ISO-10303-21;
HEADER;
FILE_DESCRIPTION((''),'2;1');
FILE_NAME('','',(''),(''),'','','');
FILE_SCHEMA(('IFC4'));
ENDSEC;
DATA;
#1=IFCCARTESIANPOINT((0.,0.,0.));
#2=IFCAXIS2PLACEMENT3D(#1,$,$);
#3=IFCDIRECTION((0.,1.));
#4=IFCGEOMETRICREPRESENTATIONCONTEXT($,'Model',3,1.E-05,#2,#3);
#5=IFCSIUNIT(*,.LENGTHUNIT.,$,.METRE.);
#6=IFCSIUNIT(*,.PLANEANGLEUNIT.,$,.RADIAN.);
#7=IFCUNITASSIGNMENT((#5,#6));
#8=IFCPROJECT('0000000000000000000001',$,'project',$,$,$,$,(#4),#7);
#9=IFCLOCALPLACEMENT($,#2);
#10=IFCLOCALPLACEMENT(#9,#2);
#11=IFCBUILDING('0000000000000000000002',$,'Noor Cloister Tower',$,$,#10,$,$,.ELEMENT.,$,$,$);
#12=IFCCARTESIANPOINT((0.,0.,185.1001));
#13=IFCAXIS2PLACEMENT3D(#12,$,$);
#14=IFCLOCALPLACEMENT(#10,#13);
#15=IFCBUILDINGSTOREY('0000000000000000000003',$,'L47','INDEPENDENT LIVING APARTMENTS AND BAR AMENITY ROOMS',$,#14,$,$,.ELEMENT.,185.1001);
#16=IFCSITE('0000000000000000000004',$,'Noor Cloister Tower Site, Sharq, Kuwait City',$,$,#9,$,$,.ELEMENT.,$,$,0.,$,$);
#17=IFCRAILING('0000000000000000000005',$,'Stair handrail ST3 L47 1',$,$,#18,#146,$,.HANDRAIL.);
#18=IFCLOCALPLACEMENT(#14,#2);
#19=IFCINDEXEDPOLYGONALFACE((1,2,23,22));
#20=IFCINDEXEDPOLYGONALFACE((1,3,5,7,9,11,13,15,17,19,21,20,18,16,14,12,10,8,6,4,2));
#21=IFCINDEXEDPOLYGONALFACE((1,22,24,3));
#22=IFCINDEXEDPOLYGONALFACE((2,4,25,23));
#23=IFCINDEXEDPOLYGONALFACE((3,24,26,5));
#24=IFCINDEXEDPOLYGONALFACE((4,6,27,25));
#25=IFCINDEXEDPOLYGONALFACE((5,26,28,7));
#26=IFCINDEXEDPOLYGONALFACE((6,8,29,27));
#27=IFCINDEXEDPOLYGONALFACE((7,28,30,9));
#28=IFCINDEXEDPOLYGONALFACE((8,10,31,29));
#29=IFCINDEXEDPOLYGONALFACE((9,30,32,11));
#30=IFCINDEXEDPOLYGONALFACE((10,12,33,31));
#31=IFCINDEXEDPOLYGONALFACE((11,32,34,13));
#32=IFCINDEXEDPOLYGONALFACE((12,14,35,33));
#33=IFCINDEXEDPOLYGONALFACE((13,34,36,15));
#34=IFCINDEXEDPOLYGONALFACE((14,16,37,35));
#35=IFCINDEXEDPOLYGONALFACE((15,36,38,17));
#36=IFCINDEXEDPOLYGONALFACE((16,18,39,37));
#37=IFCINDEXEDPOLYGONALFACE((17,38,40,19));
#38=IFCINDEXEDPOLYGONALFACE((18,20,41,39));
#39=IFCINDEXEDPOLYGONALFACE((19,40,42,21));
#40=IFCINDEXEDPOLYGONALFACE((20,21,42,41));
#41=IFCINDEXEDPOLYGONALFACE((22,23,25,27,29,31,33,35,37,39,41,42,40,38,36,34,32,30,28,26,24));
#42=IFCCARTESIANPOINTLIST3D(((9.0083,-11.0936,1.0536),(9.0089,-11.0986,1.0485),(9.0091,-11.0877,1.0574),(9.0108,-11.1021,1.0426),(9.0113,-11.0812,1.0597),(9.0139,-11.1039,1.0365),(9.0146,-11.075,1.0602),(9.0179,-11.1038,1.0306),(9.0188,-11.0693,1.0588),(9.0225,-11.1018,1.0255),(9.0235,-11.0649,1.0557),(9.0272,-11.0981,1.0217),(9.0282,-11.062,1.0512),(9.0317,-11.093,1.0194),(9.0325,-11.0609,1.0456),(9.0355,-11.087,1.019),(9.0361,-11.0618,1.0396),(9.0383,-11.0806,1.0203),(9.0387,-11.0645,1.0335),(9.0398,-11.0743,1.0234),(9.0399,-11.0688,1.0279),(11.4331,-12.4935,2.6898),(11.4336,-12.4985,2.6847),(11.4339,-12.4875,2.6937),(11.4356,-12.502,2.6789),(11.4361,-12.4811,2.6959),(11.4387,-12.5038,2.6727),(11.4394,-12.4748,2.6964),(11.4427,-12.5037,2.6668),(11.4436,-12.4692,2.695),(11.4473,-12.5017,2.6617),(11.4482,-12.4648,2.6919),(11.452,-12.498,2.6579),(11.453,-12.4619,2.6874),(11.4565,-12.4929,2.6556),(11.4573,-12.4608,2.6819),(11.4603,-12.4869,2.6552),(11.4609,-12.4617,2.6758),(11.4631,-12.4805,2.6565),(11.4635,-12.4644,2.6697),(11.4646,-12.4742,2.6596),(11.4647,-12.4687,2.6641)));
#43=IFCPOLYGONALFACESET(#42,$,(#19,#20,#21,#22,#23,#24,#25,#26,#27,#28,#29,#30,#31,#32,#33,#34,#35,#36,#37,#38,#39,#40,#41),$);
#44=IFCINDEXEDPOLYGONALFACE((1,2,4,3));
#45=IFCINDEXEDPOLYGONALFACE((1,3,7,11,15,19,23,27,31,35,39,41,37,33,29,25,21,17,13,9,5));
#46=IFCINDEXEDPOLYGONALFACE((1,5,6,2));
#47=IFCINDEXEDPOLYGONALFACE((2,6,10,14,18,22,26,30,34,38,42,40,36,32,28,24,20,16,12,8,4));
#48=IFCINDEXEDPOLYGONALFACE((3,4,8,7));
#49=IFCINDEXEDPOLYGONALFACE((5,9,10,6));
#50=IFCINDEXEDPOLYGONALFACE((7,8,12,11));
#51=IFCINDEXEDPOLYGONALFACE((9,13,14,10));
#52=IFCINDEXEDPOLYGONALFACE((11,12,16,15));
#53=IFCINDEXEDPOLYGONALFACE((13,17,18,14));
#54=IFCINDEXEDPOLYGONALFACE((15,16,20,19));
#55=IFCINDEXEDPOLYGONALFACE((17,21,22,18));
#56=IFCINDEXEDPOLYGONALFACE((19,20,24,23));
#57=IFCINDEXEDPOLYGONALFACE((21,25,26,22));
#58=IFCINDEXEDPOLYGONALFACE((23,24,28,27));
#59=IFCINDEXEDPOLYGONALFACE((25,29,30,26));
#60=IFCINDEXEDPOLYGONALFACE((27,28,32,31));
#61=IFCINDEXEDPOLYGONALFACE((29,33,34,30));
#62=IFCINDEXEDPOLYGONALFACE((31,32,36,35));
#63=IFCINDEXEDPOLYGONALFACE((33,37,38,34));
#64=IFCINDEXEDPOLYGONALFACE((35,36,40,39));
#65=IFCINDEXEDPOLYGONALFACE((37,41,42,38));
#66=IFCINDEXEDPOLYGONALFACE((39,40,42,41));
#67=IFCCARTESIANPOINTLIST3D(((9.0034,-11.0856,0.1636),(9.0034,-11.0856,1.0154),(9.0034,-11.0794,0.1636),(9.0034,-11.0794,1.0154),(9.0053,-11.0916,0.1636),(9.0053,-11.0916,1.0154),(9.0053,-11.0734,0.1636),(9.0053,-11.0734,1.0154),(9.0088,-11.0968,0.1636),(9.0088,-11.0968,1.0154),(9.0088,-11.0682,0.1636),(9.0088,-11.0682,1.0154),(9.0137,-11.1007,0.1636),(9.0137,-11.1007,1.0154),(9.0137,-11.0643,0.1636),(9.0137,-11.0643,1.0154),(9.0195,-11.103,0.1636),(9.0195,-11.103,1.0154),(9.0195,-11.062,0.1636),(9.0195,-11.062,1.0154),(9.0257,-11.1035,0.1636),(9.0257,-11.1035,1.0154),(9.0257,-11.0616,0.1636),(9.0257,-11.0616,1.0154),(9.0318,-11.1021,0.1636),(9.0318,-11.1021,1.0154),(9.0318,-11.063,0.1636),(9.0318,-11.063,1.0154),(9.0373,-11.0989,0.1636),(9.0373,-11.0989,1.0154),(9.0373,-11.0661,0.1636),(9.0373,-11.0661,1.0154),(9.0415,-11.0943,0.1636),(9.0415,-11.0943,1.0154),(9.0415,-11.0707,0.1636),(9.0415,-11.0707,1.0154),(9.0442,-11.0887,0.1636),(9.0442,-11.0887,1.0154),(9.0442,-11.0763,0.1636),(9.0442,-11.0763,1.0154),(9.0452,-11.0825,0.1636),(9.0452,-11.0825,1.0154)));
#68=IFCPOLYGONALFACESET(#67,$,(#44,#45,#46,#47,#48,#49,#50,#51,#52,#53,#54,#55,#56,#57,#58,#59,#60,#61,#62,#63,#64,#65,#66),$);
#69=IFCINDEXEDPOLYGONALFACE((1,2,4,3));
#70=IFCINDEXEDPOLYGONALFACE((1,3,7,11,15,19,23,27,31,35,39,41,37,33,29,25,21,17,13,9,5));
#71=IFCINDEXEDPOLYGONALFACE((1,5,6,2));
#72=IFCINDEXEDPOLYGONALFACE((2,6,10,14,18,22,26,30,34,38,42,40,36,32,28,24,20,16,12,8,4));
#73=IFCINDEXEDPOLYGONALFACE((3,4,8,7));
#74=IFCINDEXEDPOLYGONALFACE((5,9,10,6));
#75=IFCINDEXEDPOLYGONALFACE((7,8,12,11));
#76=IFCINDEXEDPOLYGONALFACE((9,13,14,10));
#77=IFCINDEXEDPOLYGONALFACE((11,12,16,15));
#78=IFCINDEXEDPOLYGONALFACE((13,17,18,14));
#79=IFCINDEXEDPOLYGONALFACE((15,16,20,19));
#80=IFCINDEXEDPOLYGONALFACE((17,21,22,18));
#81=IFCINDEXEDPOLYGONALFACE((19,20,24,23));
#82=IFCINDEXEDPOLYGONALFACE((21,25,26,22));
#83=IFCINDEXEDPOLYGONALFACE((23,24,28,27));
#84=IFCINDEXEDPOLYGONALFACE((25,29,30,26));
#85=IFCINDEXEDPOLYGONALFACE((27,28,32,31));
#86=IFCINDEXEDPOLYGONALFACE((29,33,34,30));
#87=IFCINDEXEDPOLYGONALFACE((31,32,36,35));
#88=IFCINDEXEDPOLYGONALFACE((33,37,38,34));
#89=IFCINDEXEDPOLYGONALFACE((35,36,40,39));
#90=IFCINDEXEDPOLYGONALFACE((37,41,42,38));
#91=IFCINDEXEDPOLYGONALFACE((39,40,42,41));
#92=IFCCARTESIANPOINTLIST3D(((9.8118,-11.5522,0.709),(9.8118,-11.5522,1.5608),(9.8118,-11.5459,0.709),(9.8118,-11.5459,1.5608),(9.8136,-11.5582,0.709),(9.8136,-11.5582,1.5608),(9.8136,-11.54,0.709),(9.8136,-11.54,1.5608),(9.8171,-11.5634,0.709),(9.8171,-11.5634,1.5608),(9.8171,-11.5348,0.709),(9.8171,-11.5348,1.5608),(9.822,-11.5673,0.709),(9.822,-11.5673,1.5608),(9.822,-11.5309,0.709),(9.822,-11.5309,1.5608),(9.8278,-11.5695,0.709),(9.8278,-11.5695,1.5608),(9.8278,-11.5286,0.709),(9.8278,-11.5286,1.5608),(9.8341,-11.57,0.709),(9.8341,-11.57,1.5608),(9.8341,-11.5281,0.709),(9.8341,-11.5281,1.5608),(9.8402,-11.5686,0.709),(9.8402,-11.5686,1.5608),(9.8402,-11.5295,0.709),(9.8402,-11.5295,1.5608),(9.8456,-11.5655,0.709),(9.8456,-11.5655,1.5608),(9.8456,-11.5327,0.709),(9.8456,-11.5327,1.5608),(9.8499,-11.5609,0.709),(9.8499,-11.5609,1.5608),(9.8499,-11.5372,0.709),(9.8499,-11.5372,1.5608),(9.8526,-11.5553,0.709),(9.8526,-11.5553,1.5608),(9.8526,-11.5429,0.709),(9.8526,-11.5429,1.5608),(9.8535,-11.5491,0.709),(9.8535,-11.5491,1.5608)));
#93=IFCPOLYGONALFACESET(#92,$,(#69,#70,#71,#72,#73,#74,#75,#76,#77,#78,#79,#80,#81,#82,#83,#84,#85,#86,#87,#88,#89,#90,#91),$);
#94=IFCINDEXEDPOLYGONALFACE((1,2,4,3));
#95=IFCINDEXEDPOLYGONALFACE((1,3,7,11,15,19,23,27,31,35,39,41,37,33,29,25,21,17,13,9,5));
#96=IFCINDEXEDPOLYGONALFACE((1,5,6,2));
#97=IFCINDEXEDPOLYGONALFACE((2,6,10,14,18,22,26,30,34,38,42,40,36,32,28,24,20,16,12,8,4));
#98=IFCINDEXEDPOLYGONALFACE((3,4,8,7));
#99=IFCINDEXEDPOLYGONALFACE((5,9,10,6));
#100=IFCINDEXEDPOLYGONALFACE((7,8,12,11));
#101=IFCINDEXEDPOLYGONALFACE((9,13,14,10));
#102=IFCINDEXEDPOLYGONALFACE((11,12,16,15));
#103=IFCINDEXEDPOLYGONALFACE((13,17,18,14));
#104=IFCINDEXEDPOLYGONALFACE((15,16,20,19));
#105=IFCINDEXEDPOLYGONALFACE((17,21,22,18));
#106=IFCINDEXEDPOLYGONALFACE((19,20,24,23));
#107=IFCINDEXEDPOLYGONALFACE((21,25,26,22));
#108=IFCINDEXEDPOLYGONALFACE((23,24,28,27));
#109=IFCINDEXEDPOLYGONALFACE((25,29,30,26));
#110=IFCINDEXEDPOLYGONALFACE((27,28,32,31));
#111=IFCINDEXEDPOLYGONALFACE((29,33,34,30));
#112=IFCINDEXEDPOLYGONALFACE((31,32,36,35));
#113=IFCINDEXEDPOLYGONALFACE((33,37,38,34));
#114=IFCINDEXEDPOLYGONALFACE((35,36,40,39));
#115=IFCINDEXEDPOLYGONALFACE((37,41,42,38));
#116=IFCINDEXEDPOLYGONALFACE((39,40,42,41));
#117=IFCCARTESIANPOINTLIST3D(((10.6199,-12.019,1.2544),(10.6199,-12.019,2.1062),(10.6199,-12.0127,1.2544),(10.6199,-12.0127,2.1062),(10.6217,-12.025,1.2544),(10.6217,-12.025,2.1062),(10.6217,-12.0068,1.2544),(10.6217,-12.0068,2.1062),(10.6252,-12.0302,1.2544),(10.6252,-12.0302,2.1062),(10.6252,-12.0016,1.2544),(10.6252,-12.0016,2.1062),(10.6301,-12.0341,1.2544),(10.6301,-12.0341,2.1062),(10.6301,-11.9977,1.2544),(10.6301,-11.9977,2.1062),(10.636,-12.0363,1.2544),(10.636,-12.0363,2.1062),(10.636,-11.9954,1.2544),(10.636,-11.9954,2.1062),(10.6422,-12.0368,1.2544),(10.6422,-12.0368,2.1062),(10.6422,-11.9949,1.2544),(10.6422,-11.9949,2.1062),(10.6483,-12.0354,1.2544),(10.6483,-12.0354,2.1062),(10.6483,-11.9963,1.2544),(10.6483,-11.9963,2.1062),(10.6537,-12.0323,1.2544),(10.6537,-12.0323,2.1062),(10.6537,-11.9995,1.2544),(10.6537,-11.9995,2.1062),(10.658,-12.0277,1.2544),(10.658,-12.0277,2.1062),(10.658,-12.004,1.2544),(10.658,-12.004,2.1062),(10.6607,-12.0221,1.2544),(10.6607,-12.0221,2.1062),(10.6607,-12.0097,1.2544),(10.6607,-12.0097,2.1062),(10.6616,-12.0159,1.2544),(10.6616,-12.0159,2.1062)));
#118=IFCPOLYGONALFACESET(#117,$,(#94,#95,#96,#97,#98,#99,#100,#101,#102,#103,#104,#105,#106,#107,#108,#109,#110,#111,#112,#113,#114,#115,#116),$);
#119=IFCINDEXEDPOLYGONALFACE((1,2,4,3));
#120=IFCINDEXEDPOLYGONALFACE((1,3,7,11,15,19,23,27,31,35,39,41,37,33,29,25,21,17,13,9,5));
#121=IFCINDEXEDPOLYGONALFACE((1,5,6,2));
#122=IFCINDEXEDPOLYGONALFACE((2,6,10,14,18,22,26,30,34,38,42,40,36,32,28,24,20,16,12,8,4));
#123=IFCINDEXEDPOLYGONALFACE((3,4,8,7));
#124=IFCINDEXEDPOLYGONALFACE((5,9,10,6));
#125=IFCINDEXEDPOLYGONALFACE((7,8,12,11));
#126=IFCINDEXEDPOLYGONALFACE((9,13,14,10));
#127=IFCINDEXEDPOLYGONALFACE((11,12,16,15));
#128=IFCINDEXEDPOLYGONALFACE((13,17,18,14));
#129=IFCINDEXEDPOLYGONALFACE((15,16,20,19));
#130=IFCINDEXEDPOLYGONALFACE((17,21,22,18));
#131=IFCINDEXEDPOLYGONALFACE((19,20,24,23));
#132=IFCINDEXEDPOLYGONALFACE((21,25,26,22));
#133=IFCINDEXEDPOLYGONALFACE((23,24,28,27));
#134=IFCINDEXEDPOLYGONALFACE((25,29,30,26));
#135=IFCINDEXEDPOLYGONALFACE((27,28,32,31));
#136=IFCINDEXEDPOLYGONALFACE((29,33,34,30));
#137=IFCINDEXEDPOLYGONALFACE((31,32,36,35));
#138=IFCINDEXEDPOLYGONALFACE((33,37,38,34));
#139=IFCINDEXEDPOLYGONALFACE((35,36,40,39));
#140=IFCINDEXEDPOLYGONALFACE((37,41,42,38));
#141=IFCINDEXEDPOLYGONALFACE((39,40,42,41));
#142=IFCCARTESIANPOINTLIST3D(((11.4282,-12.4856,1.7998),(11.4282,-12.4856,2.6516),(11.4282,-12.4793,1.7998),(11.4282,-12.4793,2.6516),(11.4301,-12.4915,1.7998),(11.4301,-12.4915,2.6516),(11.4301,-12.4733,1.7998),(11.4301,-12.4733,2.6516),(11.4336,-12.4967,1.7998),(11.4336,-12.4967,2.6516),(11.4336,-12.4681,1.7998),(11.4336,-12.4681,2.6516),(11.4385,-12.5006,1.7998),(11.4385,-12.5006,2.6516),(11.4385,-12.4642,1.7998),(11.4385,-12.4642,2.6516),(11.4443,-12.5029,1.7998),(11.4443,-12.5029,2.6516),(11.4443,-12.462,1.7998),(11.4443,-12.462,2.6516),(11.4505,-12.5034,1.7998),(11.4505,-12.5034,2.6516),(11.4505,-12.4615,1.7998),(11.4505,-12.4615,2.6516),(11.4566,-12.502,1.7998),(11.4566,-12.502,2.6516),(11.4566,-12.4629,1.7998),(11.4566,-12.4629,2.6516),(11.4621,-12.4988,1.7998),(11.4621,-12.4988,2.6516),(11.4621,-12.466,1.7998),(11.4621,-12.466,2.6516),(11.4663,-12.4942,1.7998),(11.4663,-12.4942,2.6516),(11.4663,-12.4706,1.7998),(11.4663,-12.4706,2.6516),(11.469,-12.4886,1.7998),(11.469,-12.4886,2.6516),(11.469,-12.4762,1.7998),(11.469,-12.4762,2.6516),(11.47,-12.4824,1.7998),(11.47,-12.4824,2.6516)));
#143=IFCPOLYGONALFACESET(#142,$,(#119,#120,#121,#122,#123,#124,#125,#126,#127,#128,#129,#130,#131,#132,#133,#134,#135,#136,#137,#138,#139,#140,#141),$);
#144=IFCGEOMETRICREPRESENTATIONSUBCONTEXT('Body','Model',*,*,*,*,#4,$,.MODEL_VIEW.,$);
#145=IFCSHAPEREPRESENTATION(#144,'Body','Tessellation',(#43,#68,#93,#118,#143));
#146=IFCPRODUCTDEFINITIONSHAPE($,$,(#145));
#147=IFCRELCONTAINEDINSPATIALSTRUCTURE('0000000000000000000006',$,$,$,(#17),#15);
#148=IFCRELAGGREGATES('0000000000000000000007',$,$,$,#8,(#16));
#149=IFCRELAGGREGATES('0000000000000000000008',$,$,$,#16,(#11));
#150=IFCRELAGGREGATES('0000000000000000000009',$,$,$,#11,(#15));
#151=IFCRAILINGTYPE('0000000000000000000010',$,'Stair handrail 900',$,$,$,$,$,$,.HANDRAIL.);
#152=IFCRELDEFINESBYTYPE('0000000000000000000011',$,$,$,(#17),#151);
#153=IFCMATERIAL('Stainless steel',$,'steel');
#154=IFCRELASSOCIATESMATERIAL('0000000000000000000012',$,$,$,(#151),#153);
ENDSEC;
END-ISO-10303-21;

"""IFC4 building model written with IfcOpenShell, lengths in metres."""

from ifc_helpers import new_model, si_unit, direction, frame, origin, origin_2d, place, context, subcontext, project, spatial, circle, extrude, material, type_object, element, save


model = new_model("IFC4")

# Units and contexts
model_context = context("Model", 3, precision=1e-05, world=origin(), true_north=direction((0.0, 1.0)))
body_context = subcontext(model_context, "Body", "Model", "MODEL_VIEW")
ifc_project = project(units=[si_unit("LENGTHUNIT", "METRE"), si_unit("PLANEANGLEUNIT", "RADIAN")], contexts=[model_context])

# Site, building, storey
site_placement = place(None, origin())
site = spatial("IfcSite", under=ifc_project, at=site_placement, Name="Noor Cloister Tower Site, Sharq, Kuwait City", CompositionType="ELEMENT", RefElevation=0.0)
building_placement = place(site_placement, origin())
building = spatial("IfcBuilding", under=site, at=building_placement, Name="Noor Cloister Tower", CompositionType="ELEMENT")
storey_placement = place(building_placement, frame((0.0, 0.0, 185.1001)))
storey = spatial("IfcBuildingStorey", under=building, at=storey_placement, Name="L47", Description="INDEPENDENT LIVING APARTMENTS AND BAR AMENITY ROOMS", CompositionType="ELEMENT", Elevation=185.1001)

# Railing
ifc_material_1 = material(Name="Stainless steel", Category="steel")
railing_type = type_object("IfcRailingType", Name="Stair handrail 900", PredefinedType="HANDRAIL", material=ifc_material_1)
railing_placement = place(storey_placement, frame((9.0242, -11.0825, 0.1636)))
element("IfcRailing", 1, at=railing_placement, inside=storey, type_object=railing_type, Name="Stair handrail ST3 L47 1", PredefinedType="HANDRAIL", context=body_context, shape_type="SweptSolid", body=[
    extrude(circle(Radius=0.0239, at=origin_2d()), frame((0.0, 0.0, 0.876), z_axis=(0.747718, -0.431677, 0.504552), x_axis=(0.499984, 0.866035, 0.0)), (0.0, 0.0, 1.0), 3.2429),
    extrude(circle(Radius=0.021, at=origin_2d()), origin(), (0.0, 0.0, 1.0), 0.8518),
    extrude(circle(Radius=0.021, at=origin_2d()), frame((0.8083, -0.4666, 0.5454)), (0.0, 0.0, 1.0), 0.8518),
    extrude(circle(Radius=0.021, at=origin_2d()), frame((1.6165, -0.9333, 1.0908)), (0.0, 0.0, 1.0), 0.8518),
    extrude(circle(Radius=0.021, at=origin_2d()), frame((2.4248, -1.3999, 1.6362)), (0.0, 0.0, 1.0), 0.8518),
])

save(model, "model.ifc")
